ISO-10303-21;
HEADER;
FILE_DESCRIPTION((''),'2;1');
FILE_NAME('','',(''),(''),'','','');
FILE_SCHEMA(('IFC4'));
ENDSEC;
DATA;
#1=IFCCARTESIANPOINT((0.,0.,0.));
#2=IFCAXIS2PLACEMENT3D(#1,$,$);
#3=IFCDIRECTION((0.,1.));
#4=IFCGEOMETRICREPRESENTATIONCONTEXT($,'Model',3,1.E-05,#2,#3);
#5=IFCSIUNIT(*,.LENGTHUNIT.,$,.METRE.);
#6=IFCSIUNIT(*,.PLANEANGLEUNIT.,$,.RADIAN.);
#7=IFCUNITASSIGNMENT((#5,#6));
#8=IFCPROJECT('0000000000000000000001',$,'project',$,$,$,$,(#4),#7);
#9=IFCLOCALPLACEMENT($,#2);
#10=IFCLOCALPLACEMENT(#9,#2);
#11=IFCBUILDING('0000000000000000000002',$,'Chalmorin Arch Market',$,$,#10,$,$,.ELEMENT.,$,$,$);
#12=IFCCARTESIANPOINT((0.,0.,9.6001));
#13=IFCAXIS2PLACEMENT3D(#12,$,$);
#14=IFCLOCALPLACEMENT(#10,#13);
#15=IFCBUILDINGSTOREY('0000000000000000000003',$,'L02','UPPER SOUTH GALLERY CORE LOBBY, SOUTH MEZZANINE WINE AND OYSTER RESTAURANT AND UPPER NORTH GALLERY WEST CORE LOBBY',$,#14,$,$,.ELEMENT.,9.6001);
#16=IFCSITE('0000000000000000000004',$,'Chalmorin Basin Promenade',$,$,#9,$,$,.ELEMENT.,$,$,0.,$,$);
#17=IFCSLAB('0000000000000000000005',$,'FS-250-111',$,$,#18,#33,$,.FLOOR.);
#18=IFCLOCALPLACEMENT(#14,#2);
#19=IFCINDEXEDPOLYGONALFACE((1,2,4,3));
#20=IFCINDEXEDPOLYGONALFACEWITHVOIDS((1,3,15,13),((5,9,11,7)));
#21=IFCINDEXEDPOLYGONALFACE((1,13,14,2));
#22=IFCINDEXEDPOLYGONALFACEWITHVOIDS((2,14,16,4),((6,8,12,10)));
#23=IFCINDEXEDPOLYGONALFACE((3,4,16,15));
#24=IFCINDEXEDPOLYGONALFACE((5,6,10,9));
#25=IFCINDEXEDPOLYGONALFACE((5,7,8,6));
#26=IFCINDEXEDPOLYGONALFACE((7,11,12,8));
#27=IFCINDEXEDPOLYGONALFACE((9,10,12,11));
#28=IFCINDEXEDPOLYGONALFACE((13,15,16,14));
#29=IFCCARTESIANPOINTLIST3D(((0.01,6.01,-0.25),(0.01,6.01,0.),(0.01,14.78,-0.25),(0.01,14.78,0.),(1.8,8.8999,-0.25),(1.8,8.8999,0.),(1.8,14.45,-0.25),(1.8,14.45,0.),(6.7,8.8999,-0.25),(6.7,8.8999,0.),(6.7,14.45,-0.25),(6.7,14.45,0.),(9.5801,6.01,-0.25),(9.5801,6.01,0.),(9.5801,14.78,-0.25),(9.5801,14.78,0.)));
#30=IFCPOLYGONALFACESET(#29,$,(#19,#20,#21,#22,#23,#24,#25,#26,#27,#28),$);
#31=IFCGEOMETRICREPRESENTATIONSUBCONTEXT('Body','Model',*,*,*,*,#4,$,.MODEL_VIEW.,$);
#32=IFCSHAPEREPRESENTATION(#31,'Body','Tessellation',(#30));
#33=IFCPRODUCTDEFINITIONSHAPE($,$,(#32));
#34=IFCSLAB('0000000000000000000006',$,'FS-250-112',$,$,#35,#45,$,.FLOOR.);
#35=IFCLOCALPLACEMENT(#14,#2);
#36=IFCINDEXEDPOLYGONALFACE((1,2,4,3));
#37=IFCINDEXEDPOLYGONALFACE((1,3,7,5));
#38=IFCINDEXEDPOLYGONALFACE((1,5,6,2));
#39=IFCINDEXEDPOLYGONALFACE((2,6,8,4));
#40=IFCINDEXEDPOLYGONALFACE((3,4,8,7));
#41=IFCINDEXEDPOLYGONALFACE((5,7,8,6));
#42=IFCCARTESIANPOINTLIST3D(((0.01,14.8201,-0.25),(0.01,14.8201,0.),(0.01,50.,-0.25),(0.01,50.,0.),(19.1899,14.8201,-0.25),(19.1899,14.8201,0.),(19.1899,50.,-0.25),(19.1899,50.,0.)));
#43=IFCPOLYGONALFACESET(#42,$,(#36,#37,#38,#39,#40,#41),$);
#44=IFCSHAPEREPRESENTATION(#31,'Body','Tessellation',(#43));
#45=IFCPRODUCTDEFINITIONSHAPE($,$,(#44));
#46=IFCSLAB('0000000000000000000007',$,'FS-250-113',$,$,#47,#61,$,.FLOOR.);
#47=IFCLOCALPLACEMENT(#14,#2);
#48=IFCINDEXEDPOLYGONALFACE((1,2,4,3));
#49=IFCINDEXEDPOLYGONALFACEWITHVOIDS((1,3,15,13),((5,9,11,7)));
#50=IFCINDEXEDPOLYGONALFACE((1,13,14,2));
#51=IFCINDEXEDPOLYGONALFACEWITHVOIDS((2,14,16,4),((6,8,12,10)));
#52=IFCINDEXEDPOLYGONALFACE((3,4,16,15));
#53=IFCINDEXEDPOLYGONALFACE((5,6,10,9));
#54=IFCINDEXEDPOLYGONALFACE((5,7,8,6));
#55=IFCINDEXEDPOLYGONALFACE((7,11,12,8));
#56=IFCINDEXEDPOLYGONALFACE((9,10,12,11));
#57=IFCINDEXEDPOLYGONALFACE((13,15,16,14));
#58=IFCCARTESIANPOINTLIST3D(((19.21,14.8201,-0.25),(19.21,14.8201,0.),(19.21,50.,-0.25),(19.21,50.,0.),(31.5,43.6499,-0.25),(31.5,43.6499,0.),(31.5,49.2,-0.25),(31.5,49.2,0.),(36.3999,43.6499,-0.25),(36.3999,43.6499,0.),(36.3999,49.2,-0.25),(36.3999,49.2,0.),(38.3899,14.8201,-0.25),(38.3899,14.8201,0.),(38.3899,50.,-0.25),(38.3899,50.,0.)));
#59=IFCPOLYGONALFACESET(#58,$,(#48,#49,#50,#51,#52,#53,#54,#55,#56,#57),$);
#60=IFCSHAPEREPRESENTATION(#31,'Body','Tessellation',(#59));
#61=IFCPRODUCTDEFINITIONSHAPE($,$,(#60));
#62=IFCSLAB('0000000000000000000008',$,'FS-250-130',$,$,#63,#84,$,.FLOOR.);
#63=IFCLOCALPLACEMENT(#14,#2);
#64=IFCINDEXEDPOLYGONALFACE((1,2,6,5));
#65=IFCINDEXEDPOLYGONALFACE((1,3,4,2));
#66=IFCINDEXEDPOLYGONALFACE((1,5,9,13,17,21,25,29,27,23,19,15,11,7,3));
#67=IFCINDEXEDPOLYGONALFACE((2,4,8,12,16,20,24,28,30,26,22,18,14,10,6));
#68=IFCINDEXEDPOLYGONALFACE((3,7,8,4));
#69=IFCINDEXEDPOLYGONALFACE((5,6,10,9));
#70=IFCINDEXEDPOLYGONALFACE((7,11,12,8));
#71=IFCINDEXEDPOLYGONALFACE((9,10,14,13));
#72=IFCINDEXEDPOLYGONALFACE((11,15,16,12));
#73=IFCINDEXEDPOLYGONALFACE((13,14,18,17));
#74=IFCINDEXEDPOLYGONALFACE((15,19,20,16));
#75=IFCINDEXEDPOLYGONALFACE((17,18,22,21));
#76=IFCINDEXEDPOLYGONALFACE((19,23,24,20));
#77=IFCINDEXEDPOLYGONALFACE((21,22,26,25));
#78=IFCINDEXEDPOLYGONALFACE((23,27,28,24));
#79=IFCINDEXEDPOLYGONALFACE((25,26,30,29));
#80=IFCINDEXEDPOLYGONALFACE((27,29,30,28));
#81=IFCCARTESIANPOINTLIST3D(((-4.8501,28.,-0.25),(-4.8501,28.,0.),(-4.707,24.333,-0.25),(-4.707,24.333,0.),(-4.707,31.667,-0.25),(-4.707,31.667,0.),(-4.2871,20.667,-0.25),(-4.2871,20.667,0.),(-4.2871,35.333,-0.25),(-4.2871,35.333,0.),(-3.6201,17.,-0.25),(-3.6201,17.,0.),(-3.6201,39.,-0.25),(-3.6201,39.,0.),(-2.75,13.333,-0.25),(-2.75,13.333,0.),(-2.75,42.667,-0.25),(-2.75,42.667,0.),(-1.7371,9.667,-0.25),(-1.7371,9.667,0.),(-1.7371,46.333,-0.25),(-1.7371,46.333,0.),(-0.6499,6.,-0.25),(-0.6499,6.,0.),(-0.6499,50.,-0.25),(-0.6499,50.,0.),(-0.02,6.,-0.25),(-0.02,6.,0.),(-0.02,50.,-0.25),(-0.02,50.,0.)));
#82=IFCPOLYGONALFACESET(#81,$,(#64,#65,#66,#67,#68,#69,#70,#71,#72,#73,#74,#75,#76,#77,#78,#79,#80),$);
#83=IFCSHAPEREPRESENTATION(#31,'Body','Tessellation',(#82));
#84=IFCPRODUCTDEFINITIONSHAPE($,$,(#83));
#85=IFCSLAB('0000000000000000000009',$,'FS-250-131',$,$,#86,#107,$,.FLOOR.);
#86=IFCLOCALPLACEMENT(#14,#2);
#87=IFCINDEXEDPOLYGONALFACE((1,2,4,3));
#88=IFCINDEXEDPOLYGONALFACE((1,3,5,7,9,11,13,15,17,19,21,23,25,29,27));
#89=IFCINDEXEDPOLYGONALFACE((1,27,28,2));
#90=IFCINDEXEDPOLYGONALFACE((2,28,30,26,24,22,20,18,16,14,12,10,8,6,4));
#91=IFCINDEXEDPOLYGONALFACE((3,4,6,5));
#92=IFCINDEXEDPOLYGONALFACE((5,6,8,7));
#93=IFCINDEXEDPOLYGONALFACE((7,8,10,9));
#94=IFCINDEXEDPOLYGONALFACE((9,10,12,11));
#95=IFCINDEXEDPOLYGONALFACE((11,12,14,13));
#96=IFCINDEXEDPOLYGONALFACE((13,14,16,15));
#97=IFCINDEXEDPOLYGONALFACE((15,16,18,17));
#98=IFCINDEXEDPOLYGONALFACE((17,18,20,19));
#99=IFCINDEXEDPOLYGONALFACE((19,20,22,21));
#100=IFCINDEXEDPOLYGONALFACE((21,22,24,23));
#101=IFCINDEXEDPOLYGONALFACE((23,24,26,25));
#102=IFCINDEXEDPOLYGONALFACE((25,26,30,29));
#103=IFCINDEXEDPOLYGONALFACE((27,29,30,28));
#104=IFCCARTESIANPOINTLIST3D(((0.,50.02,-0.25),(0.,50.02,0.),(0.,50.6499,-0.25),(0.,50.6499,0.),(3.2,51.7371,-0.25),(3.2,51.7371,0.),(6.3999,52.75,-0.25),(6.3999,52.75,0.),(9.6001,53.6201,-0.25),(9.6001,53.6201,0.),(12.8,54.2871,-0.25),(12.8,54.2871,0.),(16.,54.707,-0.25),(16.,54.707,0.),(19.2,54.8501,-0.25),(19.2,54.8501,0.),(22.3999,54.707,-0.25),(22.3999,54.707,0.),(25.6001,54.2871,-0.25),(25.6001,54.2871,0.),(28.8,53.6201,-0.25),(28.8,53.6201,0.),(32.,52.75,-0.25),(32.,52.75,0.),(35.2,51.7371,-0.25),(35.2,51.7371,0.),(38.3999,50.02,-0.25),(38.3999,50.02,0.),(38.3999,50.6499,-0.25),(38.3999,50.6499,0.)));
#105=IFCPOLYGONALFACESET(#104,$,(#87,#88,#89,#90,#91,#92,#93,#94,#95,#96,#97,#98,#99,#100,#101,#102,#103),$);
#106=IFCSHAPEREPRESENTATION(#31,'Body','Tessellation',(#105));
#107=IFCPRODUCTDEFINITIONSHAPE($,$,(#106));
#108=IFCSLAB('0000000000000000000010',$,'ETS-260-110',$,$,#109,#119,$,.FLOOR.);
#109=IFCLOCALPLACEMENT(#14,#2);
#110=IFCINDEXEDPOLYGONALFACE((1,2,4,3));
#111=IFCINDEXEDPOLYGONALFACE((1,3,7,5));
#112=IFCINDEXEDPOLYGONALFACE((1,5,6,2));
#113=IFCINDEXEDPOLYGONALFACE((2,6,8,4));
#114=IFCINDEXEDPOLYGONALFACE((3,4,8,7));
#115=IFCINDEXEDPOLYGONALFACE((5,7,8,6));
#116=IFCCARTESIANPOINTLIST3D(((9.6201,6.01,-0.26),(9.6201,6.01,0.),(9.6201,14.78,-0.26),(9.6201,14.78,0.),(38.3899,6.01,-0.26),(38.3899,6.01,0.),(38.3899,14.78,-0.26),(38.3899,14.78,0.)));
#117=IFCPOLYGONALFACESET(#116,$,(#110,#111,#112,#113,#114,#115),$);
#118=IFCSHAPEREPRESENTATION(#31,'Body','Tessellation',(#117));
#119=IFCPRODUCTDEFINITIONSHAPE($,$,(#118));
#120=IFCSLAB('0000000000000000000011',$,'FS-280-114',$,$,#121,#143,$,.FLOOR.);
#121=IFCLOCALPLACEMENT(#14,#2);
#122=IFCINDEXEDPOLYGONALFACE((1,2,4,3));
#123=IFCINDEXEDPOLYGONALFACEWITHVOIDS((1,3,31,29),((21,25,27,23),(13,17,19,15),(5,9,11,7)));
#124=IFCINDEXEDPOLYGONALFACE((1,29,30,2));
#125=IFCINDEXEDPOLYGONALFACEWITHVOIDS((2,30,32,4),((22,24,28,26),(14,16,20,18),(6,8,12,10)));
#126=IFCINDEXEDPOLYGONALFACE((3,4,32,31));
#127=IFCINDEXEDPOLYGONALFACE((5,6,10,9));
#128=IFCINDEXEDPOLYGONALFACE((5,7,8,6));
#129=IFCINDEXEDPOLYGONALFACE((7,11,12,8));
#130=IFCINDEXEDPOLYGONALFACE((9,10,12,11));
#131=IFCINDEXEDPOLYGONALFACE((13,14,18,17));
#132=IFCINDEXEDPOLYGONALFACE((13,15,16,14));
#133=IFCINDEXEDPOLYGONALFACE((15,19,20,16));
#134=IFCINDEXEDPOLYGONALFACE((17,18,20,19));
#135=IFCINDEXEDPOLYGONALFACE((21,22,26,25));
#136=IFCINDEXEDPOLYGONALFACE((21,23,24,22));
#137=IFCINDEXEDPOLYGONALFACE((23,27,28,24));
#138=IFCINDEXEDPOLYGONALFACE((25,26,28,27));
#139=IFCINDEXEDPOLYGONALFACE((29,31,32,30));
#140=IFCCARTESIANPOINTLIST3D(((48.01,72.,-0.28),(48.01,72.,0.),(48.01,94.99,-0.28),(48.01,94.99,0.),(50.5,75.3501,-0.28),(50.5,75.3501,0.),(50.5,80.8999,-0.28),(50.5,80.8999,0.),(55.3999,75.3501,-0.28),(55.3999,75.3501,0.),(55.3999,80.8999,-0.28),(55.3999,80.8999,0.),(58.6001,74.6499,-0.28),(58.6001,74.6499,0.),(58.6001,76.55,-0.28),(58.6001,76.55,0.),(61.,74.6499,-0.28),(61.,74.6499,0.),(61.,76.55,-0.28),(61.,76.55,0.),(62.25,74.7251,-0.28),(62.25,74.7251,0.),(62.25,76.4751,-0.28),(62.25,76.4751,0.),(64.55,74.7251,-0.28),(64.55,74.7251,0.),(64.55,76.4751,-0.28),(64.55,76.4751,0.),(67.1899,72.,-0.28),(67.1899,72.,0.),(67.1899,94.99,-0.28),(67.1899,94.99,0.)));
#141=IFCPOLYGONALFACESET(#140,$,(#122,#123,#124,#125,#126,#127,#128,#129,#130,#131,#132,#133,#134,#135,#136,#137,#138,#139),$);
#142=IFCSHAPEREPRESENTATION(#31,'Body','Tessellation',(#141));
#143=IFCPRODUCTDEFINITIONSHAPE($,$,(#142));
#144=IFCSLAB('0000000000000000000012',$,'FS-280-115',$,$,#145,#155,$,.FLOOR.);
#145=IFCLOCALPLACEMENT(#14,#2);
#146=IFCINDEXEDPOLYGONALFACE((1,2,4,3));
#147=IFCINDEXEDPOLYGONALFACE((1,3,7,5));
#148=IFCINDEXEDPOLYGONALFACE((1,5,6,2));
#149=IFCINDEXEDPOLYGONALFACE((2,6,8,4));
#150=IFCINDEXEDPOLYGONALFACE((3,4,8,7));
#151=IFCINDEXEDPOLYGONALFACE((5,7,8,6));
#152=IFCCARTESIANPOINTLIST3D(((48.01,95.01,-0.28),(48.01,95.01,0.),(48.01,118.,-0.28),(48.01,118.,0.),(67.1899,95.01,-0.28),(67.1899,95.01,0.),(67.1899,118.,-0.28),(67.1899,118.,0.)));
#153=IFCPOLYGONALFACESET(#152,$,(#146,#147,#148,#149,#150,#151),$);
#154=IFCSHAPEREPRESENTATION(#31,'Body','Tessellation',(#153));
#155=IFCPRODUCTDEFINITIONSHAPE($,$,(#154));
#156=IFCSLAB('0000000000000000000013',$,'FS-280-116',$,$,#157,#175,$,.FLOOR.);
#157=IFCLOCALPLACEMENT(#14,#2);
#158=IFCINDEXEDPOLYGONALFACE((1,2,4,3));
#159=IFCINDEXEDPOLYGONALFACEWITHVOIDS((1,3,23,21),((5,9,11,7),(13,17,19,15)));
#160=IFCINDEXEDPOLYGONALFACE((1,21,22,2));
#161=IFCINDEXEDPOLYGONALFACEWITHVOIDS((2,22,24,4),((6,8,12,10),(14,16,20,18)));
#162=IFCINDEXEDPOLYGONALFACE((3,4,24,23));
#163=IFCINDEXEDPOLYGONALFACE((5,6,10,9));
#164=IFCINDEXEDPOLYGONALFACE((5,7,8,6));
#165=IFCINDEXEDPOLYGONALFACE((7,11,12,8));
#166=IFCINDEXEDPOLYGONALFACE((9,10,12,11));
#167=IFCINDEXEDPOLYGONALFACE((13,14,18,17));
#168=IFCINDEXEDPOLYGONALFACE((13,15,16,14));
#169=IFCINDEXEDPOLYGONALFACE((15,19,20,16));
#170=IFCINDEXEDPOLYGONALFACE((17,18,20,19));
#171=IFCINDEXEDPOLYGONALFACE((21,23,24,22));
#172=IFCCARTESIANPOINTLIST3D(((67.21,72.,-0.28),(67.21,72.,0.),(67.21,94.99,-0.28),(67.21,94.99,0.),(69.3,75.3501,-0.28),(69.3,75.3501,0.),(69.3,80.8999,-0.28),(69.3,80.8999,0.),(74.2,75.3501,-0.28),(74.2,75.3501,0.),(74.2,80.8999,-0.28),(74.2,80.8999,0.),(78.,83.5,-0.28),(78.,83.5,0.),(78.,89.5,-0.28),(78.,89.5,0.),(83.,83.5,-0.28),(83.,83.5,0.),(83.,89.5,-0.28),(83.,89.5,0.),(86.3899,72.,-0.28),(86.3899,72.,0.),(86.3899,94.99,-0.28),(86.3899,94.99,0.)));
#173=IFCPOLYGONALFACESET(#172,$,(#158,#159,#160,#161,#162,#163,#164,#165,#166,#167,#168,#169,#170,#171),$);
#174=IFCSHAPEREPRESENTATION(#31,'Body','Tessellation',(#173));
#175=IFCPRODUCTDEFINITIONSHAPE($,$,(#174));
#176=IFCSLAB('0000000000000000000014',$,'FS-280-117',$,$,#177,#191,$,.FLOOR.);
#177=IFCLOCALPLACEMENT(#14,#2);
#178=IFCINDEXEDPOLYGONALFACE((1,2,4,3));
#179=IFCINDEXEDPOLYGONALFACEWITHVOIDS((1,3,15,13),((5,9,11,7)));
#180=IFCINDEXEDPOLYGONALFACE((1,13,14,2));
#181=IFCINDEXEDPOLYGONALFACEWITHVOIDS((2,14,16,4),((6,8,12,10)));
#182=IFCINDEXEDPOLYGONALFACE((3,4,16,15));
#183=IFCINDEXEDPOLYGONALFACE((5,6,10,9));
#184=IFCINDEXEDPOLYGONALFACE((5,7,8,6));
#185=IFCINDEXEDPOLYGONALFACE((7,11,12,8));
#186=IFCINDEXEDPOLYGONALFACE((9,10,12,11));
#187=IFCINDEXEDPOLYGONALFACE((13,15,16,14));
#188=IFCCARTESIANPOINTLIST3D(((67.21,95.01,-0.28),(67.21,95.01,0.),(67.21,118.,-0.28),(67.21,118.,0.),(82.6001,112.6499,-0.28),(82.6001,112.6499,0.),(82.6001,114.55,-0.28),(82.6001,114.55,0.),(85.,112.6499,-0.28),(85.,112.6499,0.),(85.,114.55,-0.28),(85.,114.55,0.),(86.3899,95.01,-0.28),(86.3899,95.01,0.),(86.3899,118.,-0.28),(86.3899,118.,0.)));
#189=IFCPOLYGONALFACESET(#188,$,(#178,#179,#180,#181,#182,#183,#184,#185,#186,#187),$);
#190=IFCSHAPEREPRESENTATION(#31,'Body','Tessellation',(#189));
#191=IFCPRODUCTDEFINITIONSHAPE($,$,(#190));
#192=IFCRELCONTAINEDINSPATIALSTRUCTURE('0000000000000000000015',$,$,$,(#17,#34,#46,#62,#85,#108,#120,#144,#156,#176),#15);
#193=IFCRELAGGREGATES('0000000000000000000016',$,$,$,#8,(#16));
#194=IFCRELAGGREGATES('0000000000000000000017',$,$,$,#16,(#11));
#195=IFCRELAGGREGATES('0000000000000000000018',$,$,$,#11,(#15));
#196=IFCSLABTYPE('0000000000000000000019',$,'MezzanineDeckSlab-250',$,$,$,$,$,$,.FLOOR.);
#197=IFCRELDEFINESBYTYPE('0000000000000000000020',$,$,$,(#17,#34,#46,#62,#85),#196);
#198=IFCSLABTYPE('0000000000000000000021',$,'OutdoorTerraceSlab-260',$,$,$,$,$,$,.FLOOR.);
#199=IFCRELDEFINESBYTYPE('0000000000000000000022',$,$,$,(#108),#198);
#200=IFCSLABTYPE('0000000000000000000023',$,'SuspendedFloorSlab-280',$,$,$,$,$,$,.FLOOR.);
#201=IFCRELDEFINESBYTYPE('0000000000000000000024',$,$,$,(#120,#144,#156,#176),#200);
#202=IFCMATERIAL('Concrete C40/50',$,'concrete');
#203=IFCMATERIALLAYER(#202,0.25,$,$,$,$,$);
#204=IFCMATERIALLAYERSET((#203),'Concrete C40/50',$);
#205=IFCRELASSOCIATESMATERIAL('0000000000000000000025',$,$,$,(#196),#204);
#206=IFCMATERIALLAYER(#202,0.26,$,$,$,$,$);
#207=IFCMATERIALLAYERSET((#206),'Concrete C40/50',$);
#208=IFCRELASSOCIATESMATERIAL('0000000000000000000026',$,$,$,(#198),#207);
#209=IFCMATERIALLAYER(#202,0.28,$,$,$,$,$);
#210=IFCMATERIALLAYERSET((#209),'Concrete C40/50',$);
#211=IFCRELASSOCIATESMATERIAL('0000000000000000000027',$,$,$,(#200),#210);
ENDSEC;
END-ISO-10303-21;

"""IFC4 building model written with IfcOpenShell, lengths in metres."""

from ifc_helpers import new_model, si_unit, direction, frame, origin, place, context, subcontext, project, spatial, polyline, outline, extrude, material, layer, layer_set, type_object, element, save


model = new_model("IFC4")

# Units and contexts
model_context = context("Model", 3, precision=1e-05, world=origin(), true_north=direction((0.0, 1.0)))
body_context = subcontext(model_context, "Body", "Model", "MODEL_VIEW")
ifc_project = project(units=[si_unit("LENGTHUNIT", "METRE"), si_unit("PLANEANGLEUNIT", "RADIAN")], contexts=[model_context])

# Site, building, storey
site_placement = place(None, origin())
site = spatial("IfcSite", under=ifc_project, at=site_placement, Name="Chalmorin Basin Promenade", CompositionType="ELEMENT", RefElevation=0.0)
building_placement = place(site_placement, origin())
building = spatial("IfcBuilding", under=site, at=building_placement, Name="Chalmorin Arch Market", CompositionType="ELEMENT")
storey_placement = place(building_placement, frame((0.0, 0.0, 9.6001)))
storey = spatial("IfcBuildingStorey", under=building, at=storey_placement, Name="L02", Description="UPPER SOUTH GALLERY CORE LOBBY, SOUTH MEZZANINE WINE AND OYSTER RESTAURANT AND UPPER NORTH GALLERY WEST CORE LOBBY", CompositionType="ELEMENT", Elevation=9.6001)

# Slabs
ifc_material_1 = material(Name="Concrete C40/50", Category="concrete")
ifc_layer_1 = layer(ifc_material_1, 0.25)
ifc_layer_set_1 = layer_set([ifc_layer_1], Name="Concrete C40/50")
slab_type_1 = type_object("IfcSlabType", Name="MezzanineDeckSlab-250", PredefinedType="FLOOR", material=ifc_layer_set_1)
slab_1_placement = place(storey_placement, frame((0.0, 0.0, -0.25)))
element("IfcSlab", 1, at=slab_1_placement, inside=storey, type_object=slab_type_1, Name="FS-250-111", PredefinedType="FLOOR", context=body_context, shape_type="SweptSolid", body=[
    extrude(outline(polyline([(0.01, 6.01), (9.5801, 6.01), (9.5801, 14.78), (0.01, 14.78), (0.01, 6.01)]), holes=[polyline([(1.8, 8.8999), (6.7, 8.8999), (6.7, 14.45), (1.8, 14.45), (1.8, 8.8999)])]), origin(), (0.0, 0.0, 1.0), 0.25),
])
slab_2_placement = place(storey_placement, frame((0.0, 0.0, -0.25)))
element("IfcSlab", 2, at=slab_2_placement, inside=storey, type_object=slab_type_1, Name="FS-250-112", PredefinedType="FLOOR", context=body_context, shape_type="SweptSolid", body=[
    extrude(outline(polyline([(0.01, 14.8201), (19.1899, 14.8201), (19.1899, 50.0), (0.01, 50.0), (0.01, 14.8201)])), origin(), (0.0, 0.0, 1.0), 0.25),
])
slab_3_placement = place(storey_placement, frame((0.0, 0.0, -0.25)))
element("IfcSlab", 3, at=slab_3_placement, inside=storey, type_object=slab_type_1, Name="FS-250-113", PredefinedType="FLOOR", context=body_context, shape_type="SweptSolid", body=[
    extrude(outline(polyline([(19.21, 14.8201), (38.3899, 14.8201), (38.3899, 50.0), (19.21, 50.0), (19.21, 14.8201)]), holes=[polyline([(31.5, 43.6499), (36.3999, 43.6499), (36.3999, 49.2), (31.5, 49.2), (31.5, 43.6499)])]), origin(), (0.0, 0.0, 1.0), 0.25),
])
slab_4_placement = place(storey_placement, frame((0.0, 0.0, -0.25)))
element("IfcSlab", 4, at=slab_4_placement, inside=storey, type_object=slab_type_1, Name="FS-250-130", PredefinedType="FLOOR", context=body_context, shape_type="SweptSolid", body=[
    extrude(outline(polyline([(-0.02, 6.0), (-0.6499, 6.0), (-1.7371, 9.667), (-2.75, 13.333), (-3.6201, 17.0), (-4.2871, 20.667), (-4.707, 24.333), (-4.8501, 28.0), (-4.707, 31.667), (-4.2871, 35.333), (-3.6201, 39.0), (-2.75, 42.667), (-1.7371, 46.333), (-0.6499, 50.0), (-0.02, 50.0), (-0.02, 6.0)])), origin(), (0.0, 0.0, 1.0), 0.25),
])
slab_5_placement = place(storey_placement, frame((0.0, 0.0, -0.25)))
element("IfcSlab", 5, at=slab_5_placement, inside=storey, type_object=slab_type_1, Name="FS-250-131", PredefinedType="FLOOR", context=body_context, shape_type="SweptSolid", body=[
    extrude(outline(polyline([(0.0, 50.02), (0.0, 50.6499), (3.2, 51.7371), (6.3999, 52.75), (9.6001, 53.6201), (12.8, 54.2871), (16.0, 54.707), (19.2, 54.8501), (22.3999, 54.707), (25.6001, 54.2871), (28.8, 53.6201), (32.0, 52.75), (35.2, 51.7371), (38.3999, 50.6499), (38.3999, 50.02), (0.0, 50.02)])), origin(), (0.0, 0.0, 1.0), 0.25),
])
ifc_layer_2 = layer(ifc_material_1, 0.26)
ifc_layer_set_2 = layer_set([ifc_layer_2], Name="Concrete C40/50")
slab_type_2 = type_object("IfcSlabType", Name="OutdoorTerraceSlab-260", PredefinedType="FLOOR", material=ifc_layer_set_2)
slab_6_placement = place(storey_placement, frame((0.0, 0.0, -0.26)))
element("IfcSlab", 6, at=slab_6_placement, inside=storey, type_object=slab_type_2, Name="ETS-260-110", PredefinedType="FLOOR", context=body_context, shape_type="SweptSolid", body=[
    extrude(outline(polyline([(9.6201, 6.01), (38.3899, 6.01), (38.3899, 14.78), (9.6201, 14.78), (9.6201, 6.01)])), origin(), (0.0, 0.0, 1.0), 0.26),
])
ifc_layer_3 = layer(ifc_material_1, 0.28)
ifc_layer_set_3 = layer_set([ifc_layer_3], Name="Concrete C40/50")
slab_type_3 = type_object("IfcSlabType", Name="SuspendedFloorSlab-280", PredefinedType="FLOOR", material=ifc_layer_set_3)
slab_7_placement = place(storey_placement, frame((0.0, 0.0, -0.28)))
element("IfcSlab", 7, at=slab_7_placement, inside=storey, type_object=slab_type_3, Name="FS-280-114", PredefinedType="FLOOR", context=body_context, shape_type="SweptSolid", body=[
    extrude(outline(polyline([(48.01, 72.0), (67.1899, 72.0), (67.1899, 94.99), (48.01, 94.99), (48.01, 72.0)]), holes=[polyline([(50.5, 75.3501), (55.3999, 75.3501), (55.3999, 80.8999), (50.5, 80.8999), (50.5, 75.3501)]), polyline([(58.6001, 74.6499), (61.0, 74.6499), (61.0, 76.55), (58.6001, 76.55), (58.6001, 74.6499)]), polyline([(62.25, 74.7251), (64.55, 74.7251), (64.55, 76.4751), (62.25, 76.4751), (62.25, 74.7251)])]), origin(), (0.0, 0.0, 1.0), 0.28),
])
slab_8_placement = place(storey_placement, frame((0.0, 0.0, -0.28)))
element("IfcSlab", 8, at=slab_8_placement, inside=storey, type_object=slab_type_3, Name="FS-280-115", PredefinedType="FLOOR", context=body_context, shape_type="SweptSolid", body=[
    extrude(outline(polyline([(48.01, 95.01), (67.1899, 95.01), (67.1899, 118.0), (48.01, 118.0), (48.01, 95.01)])), origin(), (0.0, 0.0, 1.0), 0.28),
])
slab_9_placement = place(storey_placement, frame((0.0, 0.0, -0.28)))
element("IfcSlab", 9, at=slab_9_placement, inside=storey, type_object=slab_type_3, Name="FS-280-116", PredefinedType="FLOOR", context=body_context, shape_type="SweptSolid", body=[
    extrude(outline(polyline([(67.21, 72.0), (86.3899, 72.0), (86.3899, 94.99), (67.21, 94.99), (67.21, 72.0)]), holes=[polyline([(69.3, 75.3501), (74.2, 75.3501), (74.2, 80.8999), (69.3, 80.8999), (69.3, 75.3501)]), polyline([(78.0, 83.5), (83.0, 83.5), (83.0, 89.5), (78.0, 89.5), (78.0, 83.5)])]), origin(), (0.0, 0.0, 1.0), 0.28),
])
slab_10_placement = place(storey_placement, frame((0.0, 0.0, -0.28)))
element("IfcSlab", 10, at=slab_10_placement, inside=storey, type_object=slab_type_3, Name="FS-280-117", PredefinedType="FLOOR", context=body_context, shape_type="SweptSolid", body=[
    extrude(outline(polyline([(67.21, 95.01), (86.3899, 95.01), (86.3899, 118.0), (67.21, 118.0), (67.21, 95.01)]), holes=[polyline([(82.6001, 112.6499), (85.0, 112.6499), (85.0, 114.55), (82.6001, 114.55), (82.6001, 112.6499)])]), origin(), (0.0, 0.0, 1.0), 0.28),
])

save(model, "model.ifc")
